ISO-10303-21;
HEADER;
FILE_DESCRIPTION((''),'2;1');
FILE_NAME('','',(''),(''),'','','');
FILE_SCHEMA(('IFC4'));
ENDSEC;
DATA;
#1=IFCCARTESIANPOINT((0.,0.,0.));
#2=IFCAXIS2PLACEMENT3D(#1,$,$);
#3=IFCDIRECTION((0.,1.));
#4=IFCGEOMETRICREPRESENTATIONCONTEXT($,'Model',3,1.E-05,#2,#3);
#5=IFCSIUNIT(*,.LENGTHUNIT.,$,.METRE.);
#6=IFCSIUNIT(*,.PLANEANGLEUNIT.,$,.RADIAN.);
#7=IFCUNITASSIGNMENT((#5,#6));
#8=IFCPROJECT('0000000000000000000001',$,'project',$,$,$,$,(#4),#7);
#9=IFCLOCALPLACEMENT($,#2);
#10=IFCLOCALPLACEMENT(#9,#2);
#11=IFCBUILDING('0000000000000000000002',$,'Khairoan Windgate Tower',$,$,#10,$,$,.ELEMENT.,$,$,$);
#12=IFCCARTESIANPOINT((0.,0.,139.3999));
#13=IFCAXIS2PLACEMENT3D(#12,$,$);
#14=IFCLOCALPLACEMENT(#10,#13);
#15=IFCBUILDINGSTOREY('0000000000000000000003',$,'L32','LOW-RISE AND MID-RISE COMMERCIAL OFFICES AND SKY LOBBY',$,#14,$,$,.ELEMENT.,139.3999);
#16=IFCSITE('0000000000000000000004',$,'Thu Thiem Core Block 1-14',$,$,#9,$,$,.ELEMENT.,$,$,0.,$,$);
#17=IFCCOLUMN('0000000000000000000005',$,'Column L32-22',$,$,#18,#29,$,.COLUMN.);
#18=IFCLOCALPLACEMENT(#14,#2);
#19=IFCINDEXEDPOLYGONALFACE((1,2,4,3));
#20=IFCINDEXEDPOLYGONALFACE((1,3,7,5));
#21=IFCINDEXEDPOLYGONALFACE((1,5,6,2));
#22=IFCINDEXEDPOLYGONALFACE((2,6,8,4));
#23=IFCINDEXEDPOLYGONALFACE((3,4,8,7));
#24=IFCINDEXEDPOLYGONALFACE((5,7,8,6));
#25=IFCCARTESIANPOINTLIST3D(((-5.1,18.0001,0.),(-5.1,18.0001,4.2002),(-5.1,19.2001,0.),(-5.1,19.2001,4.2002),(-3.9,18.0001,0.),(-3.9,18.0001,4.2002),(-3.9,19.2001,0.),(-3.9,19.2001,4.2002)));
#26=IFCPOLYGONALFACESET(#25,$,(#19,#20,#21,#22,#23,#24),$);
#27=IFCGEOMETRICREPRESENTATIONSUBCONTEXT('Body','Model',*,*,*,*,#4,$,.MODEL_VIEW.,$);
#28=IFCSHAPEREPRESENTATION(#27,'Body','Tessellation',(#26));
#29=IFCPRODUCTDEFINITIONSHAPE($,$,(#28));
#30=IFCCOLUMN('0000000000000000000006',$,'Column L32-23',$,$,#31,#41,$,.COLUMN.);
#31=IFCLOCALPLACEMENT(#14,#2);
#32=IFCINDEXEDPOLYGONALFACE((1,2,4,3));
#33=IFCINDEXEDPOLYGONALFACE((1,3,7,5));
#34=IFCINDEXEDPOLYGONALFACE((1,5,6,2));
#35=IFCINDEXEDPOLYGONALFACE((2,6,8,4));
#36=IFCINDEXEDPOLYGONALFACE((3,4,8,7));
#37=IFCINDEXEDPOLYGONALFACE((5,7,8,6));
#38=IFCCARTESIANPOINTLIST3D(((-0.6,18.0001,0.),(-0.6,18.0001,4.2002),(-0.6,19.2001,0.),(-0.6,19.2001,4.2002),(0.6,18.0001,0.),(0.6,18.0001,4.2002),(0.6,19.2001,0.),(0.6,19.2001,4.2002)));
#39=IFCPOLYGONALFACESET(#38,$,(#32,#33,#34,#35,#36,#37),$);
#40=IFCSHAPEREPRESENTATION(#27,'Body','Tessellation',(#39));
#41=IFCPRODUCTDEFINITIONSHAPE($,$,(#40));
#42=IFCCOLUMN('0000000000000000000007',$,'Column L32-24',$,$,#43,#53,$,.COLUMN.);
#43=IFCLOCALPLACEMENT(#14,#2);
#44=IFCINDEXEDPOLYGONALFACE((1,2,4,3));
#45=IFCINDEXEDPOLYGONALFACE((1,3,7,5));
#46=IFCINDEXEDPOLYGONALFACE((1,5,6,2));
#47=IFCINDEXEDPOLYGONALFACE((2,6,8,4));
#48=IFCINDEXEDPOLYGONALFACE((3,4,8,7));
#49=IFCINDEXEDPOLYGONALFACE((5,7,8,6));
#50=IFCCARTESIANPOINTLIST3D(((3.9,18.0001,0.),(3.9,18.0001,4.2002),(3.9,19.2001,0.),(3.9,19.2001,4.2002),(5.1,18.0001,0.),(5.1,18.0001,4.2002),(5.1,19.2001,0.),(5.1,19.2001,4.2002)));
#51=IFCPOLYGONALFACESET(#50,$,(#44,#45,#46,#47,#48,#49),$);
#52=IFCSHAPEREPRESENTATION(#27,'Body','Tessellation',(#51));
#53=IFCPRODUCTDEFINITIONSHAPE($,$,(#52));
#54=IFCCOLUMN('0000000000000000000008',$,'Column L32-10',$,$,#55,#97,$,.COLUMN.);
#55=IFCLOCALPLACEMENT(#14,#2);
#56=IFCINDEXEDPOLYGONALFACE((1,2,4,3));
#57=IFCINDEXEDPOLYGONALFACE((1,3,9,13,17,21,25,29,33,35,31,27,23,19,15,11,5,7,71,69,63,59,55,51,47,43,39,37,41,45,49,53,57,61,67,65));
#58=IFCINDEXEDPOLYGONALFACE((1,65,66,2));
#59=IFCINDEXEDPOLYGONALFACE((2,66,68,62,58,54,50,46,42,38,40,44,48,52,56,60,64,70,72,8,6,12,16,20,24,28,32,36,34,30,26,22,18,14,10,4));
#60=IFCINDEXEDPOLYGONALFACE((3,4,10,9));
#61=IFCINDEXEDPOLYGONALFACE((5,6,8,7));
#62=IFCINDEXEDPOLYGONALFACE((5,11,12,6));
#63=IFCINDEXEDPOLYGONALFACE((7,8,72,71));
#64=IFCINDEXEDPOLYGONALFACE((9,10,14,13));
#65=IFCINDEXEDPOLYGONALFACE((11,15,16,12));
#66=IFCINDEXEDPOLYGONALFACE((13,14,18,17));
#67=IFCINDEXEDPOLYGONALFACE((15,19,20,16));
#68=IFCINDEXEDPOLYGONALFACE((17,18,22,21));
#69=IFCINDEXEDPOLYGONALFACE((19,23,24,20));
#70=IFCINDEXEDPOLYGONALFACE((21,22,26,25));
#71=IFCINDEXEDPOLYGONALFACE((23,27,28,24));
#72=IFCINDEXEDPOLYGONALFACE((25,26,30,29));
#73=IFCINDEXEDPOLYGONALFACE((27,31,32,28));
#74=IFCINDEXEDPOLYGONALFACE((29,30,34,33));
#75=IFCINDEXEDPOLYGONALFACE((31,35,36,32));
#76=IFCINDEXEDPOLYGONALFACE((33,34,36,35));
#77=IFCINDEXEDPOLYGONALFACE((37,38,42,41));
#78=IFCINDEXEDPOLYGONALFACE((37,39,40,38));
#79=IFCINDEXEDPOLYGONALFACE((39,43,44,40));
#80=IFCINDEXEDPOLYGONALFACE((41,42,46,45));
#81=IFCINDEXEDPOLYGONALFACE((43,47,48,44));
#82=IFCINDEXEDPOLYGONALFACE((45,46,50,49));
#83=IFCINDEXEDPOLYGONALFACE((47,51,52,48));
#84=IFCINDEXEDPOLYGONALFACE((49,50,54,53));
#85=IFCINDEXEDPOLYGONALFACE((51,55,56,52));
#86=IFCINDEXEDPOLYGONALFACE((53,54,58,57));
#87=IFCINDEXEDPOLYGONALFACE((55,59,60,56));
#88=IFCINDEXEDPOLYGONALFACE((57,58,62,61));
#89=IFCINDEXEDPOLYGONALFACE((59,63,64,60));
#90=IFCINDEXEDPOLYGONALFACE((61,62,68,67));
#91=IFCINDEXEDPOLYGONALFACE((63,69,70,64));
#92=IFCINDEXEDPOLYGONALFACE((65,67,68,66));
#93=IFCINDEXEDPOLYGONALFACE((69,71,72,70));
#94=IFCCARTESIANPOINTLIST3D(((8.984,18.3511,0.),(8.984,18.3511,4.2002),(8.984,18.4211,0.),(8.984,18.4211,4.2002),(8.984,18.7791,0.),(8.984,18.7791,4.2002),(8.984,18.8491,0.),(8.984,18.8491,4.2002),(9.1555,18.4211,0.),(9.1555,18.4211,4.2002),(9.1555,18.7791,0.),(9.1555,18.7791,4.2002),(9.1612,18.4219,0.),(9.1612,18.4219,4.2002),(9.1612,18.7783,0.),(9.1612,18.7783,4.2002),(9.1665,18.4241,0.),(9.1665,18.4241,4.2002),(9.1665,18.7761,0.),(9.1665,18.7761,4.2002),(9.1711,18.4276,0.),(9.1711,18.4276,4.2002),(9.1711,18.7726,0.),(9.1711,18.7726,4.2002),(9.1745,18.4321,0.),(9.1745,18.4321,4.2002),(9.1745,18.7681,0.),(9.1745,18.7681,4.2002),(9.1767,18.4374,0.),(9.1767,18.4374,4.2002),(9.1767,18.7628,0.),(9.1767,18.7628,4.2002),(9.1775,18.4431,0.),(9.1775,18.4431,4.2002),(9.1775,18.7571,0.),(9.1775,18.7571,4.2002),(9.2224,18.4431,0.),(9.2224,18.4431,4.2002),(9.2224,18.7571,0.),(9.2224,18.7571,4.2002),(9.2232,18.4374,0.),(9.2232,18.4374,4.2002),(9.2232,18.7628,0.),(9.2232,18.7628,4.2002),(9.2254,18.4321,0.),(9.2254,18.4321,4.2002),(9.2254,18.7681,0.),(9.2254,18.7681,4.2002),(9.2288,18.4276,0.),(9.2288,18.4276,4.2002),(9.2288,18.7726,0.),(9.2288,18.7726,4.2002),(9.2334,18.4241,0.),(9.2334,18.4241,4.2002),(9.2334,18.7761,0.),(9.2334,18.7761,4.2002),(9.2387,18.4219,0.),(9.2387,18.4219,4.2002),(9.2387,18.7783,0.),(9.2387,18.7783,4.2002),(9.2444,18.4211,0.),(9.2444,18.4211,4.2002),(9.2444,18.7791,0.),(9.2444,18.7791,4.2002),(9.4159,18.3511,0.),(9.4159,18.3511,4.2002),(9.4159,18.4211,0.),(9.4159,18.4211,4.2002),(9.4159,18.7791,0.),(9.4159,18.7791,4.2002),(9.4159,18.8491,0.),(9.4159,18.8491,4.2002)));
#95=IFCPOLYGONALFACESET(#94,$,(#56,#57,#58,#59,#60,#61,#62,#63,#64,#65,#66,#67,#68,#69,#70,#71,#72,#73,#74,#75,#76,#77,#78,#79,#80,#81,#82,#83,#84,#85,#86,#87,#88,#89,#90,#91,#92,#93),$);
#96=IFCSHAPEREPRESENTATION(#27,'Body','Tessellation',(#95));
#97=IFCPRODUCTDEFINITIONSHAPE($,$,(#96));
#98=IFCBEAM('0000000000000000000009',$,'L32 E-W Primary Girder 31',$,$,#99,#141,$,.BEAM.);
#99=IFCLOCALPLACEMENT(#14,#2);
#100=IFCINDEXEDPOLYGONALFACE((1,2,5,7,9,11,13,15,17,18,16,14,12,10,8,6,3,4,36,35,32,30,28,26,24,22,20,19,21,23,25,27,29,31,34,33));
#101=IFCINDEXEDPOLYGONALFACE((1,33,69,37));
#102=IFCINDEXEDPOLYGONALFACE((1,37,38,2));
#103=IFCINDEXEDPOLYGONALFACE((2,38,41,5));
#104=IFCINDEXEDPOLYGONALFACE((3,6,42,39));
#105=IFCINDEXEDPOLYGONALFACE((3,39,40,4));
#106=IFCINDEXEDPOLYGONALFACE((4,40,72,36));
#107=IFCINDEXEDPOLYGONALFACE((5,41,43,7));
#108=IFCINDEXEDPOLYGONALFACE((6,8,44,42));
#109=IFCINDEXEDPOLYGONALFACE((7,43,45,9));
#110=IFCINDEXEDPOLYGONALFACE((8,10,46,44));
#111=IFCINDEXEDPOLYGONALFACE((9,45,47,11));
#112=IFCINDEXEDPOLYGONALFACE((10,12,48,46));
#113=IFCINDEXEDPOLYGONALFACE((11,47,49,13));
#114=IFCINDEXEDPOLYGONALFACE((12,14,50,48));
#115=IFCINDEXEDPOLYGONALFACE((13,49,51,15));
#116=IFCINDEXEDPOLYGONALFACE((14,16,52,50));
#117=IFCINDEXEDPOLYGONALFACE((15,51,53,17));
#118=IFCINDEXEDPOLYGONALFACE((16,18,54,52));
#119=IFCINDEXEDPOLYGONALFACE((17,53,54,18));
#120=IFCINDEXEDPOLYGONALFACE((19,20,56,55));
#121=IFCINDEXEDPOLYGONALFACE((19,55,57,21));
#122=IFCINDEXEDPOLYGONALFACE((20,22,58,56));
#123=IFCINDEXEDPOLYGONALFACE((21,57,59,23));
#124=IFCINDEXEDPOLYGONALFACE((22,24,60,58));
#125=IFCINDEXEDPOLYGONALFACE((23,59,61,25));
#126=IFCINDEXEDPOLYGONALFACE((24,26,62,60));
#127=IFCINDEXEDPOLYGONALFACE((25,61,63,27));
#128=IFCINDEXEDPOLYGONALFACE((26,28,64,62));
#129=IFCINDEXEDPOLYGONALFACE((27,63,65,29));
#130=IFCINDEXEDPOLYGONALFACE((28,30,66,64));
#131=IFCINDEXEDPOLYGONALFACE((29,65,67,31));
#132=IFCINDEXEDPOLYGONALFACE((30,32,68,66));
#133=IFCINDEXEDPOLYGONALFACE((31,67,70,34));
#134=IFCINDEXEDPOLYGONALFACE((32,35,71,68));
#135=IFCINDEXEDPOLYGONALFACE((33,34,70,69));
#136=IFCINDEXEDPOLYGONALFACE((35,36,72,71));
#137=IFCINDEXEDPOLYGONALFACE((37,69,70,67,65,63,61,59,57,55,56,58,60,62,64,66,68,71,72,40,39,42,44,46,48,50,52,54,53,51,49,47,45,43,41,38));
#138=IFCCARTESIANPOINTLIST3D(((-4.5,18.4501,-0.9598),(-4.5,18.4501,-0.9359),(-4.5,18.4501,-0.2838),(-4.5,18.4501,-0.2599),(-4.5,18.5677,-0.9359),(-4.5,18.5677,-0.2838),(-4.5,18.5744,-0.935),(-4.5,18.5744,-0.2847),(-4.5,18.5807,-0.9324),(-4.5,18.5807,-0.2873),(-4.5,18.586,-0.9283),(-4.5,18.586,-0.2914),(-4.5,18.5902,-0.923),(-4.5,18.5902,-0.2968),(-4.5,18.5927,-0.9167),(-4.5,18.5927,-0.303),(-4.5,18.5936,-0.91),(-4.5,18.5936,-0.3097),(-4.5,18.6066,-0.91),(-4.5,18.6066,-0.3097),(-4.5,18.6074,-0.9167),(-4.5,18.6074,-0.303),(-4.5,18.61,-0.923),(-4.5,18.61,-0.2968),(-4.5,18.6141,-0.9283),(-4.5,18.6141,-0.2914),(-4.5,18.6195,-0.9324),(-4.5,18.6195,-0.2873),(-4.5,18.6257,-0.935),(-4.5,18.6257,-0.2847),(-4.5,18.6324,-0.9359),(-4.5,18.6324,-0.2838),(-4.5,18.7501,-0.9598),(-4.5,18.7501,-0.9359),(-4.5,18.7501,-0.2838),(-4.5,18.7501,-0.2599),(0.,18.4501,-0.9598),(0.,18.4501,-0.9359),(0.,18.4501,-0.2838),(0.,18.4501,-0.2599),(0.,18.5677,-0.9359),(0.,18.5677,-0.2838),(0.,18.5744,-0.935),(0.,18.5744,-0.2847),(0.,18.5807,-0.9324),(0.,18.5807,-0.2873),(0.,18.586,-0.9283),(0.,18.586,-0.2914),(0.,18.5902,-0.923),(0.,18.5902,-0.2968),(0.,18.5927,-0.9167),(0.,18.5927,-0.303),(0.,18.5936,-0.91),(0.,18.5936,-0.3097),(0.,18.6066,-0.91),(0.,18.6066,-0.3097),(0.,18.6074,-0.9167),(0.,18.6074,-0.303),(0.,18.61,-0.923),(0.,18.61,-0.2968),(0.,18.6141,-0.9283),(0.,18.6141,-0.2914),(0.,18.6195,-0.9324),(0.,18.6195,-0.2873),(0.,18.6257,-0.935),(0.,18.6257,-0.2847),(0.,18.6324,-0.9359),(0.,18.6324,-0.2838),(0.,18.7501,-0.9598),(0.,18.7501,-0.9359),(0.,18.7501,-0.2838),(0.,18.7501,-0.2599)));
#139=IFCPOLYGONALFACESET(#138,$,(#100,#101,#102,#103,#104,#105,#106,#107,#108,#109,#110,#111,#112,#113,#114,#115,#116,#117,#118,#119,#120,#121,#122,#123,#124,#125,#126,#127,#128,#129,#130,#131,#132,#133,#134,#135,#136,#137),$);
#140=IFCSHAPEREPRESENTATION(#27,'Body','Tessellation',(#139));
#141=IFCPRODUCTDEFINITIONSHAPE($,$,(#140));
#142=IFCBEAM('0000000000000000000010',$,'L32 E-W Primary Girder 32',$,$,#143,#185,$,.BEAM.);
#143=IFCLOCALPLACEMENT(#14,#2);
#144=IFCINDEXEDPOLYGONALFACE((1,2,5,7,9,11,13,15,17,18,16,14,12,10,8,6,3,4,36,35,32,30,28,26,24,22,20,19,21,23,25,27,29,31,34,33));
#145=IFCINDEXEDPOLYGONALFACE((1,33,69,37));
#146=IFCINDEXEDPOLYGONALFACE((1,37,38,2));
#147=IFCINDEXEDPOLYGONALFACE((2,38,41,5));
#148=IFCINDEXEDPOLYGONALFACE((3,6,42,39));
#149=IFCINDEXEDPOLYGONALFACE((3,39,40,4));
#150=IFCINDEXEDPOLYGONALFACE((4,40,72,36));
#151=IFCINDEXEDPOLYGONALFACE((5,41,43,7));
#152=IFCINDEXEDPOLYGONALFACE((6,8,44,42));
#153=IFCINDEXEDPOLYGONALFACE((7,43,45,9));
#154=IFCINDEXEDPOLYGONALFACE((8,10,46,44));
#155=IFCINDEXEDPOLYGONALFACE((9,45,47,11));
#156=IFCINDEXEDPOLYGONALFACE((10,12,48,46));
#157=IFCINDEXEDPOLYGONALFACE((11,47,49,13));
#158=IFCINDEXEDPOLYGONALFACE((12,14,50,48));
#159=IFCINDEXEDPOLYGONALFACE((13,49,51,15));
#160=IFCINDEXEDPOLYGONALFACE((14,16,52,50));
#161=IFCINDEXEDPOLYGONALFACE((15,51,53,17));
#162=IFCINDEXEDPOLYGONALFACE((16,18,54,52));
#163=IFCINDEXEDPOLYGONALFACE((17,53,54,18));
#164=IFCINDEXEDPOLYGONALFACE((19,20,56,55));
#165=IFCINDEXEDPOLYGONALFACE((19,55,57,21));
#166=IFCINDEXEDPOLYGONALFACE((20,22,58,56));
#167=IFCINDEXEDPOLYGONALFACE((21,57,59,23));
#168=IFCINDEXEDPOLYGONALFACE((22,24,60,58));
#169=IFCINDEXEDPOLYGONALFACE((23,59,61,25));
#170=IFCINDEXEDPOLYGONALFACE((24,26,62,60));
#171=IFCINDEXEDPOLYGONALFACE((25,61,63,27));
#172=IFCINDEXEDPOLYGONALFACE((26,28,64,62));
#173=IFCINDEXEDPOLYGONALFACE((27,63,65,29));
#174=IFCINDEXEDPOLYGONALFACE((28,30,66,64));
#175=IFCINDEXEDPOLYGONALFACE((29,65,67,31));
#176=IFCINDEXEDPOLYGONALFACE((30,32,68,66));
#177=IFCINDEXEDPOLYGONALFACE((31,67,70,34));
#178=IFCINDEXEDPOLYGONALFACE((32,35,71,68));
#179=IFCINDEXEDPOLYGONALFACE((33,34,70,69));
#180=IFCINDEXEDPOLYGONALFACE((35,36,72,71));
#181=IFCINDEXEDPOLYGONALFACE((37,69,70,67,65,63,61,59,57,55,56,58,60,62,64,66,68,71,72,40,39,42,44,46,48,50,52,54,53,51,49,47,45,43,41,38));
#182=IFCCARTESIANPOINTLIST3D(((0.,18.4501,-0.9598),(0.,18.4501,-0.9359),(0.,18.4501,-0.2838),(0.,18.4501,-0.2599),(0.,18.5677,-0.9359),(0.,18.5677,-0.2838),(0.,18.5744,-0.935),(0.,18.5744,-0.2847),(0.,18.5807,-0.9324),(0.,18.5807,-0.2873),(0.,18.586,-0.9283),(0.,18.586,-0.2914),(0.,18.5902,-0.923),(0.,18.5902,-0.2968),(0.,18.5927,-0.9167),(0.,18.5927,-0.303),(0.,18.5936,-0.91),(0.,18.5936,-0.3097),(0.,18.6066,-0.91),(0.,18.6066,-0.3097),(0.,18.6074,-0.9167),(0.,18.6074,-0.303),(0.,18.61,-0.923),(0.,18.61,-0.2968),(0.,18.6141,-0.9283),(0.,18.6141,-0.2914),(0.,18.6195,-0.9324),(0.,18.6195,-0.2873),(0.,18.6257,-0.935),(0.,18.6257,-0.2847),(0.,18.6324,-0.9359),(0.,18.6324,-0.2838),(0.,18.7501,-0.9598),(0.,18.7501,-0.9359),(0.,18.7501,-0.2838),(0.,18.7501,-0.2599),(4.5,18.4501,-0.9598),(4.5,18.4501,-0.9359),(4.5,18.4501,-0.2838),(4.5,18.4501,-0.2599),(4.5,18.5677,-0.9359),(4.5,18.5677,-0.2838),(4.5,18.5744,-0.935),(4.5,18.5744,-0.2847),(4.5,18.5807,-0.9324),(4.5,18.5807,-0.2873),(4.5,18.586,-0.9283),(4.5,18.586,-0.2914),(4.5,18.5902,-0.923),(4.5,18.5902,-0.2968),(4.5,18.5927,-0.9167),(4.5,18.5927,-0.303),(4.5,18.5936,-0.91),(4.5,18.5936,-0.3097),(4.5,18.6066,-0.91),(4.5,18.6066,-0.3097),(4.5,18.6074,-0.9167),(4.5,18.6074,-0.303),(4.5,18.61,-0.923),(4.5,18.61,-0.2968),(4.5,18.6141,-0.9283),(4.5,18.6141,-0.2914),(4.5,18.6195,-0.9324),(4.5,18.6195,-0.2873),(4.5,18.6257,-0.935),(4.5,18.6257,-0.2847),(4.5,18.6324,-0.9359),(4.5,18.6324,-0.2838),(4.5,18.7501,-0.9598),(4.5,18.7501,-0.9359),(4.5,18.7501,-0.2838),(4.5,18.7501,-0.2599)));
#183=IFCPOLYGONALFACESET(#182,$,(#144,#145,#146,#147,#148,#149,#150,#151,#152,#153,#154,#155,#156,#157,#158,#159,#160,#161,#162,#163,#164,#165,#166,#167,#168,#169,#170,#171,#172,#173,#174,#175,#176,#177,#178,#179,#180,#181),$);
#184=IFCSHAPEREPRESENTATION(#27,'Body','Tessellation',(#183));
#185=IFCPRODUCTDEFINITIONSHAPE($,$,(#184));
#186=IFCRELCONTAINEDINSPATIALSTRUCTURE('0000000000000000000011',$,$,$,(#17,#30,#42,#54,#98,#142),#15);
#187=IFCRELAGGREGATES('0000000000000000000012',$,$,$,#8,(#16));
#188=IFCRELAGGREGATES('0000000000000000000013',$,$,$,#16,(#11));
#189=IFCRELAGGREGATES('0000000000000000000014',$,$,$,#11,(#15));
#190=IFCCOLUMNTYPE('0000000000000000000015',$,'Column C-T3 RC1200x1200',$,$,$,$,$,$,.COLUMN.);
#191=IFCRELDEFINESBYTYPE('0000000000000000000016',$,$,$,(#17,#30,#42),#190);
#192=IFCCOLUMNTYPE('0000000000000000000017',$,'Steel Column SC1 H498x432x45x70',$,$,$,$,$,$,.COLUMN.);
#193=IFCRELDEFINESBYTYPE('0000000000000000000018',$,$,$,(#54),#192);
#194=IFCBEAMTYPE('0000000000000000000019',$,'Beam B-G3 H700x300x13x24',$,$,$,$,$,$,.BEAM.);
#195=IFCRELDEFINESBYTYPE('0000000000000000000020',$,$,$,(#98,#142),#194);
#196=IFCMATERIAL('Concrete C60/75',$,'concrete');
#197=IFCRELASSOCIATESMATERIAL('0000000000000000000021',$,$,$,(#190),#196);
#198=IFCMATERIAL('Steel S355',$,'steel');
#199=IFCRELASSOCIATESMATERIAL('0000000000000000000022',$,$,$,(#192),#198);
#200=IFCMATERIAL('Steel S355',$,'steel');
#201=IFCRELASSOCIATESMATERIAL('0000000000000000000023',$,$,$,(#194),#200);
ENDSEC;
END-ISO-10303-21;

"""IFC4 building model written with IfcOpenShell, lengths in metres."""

from ifc_helpers import new_model, si_unit, direction, frame, origin, origin_2d, place, context, subcontext, project, spatial, rectangle, i_section, extrude, material, material_profile, profile_set, type_object, element, save


model = new_model("IFC4")

# Units and contexts
model_context = context("Model", 3, precision=1e-05, world=origin(), true_north=direction((0.0, 1.0)))
body_context = subcontext(model_context, "Body", "Model", "MODEL_VIEW")
ifc_project = project(units=[si_unit("LENGTHUNIT", "METRE"), si_unit("PLANEANGLEUNIT", "RADIAN")], contexts=[model_context])

# Site, building, storey
site_placement = place(None, origin())
site = spatial("IfcSite", under=ifc_project, at=site_placement, Name="Thu Thiem Core Block 1-14", CompositionType="ELEMENT", RefElevation=0.0)
building_placement = place(site_placement, origin())
building = spatial("IfcBuilding", under=site, at=building_placement, Name="Khairoan Windgate Tower", CompositionType="ELEMENT")
storey_placement = place(building_placement, frame((0.0, 0.0, 139.3999)))
storey = spatial("IfcBuildingStorey", under=building, at=storey_placement, Name="L32", Description="LOW-RISE AND MID-RISE COMMERCIAL OFFICES AND SKY LOBBY", CompositionType="ELEMENT", Elevation=139.3999)

# Columns
ifc_material_1 = material(Name="Concrete C60/75", Category="concrete")
ifc_material_profile_1 = material_profile(ifc_material_1, rectangle(XDim=1.2, YDim=1.2, at=origin_2d()))
ifc_profile_set_1 = profile_set([ifc_material_profile_1], Name="Concrete C60/75")
column_type_1 = type_object("IfcColumnType", Name="Column C-T3 RC1200x1200", PredefinedType="COLUMN", material=ifc_profile_set_1)
for number, where, z_axis, x_axis, name in (
    (1, (-4.5, 18.6001, 0.0), (0.0, 0.0, 1.0), (1.0, 0.0, 0.0), "Column L32-22"),
    (2, (0.0, 18.6001, 0.0), (0.0, 0.0, 1.0), (1.0, 0.0, 0.0), "Column L32-23"),
    (3, (4.5, 18.6001, 0.0), (0.0, 0.0, 1.0), (1.0, 0.0, 0.0), "Column L32-24"),
):
    element("IfcColumn", number, at=place(storey_placement, frame(where, z_axis=z_axis, x_axis=x_axis)), inside=storey, type_object=column_type_1, Name=name, PredefinedType="COLUMN", context=body_context, shape_type="SweptSolid", body=[
        extrude(rectangle(XDim=1.2, YDim=1.2, at=origin_2d()), origin(), (0.0, 0.0, 1.0), 4.2002),
    ])
ifc_material_2 = material(Name="Steel S355", Category="steel")
ifc_material_profile_2 = material_profile(ifc_material_2, i_section(OverallWidth=0.4319, OverallDepth=0.498, WebThickness=0.0449, FlangeThickness=0.0701, FilletRadius=0.022, at=origin_2d()))
ifc_profile_set_2 = profile_set([ifc_material_profile_2], Name="Steel S355")
column_type_2 = type_object("IfcColumnType", Name="Steel Column SC1 H498x432x45x70", PredefinedType="COLUMN", material=ifc_profile_set_2)
column_placement = place(storey_placement, frame((9.2, 18.6001, 0.0), z_axis=(0.0, 0.0, 1.0), x_axis=(1.0, 0.0, 0.0)))
element("IfcColumn", 4, at=column_placement, inside=storey, type_object=column_type_2, Name="Column L32-10", PredefinedType="COLUMN", context=body_context, shape_type="SweptSolid", body=[
    extrude(i_section(OverallWidth=0.4319, OverallDepth=0.498, WebThickness=0.0449, FlangeThickness=0.0701, FilletRadius=0.022, at=origin_2d()), origin(), (0.0, 0.0, 1.0), 4.2002),
])

# Beams
ifc_material_3 = material(Name="Steel S355", Category="steel")
ifc_material_profile_3 = material_profile(ifc_material_3, i_section(OverallWidth=0.3, OverallDepth=0.7, WebThickness=0.0129, FlangeThickness=0.0239, FilletRadius=0.0259, at=origin_2d()))
ifc_profile_set_3 = profile_set([ifc_material_profile_3], Name="Steel S355")
beam_type_1 = type_object("IfcBeamType", Name="Beam B-G3 H700x300x13x24", PredefinedType="BEAM", material=ifc_profile_set_3)
for number, where, z_axis, x_axis, name in (
    (5, (-4.5, 18.6001, -0.6099), (1.0, 0.0, 0.0), (0.0, 1.0, 0.0), "L32 E-W Primary Girder 31"),
    (6, (0.0, 18.6001, -0.6099), (1.0, 0.0, 0.0), (0.0, 1.0, 0.0), "L32 E-W Primary Girder 32"),
):
    element("IfcBeam", number, at=place(storey_placement, frame(where, z_axis=z_axis, x_axis=x_axis)), inside=storey, type_object=beam_type_1, Name=name, PredefinedType="BEAM", context=body_context, shape_type="SweptSolid", body=[
        extrude(i_section(OverallWidth=0.3, OverallDepth=0.7, WebThickness=0.0129, FlangeThickness=0.0239, FilletRadius=0.0259, at=origin_2d()), origin(), (0.0, 0.0, 1.0), 4.5),
    ])

save(model, "model.ifc")
